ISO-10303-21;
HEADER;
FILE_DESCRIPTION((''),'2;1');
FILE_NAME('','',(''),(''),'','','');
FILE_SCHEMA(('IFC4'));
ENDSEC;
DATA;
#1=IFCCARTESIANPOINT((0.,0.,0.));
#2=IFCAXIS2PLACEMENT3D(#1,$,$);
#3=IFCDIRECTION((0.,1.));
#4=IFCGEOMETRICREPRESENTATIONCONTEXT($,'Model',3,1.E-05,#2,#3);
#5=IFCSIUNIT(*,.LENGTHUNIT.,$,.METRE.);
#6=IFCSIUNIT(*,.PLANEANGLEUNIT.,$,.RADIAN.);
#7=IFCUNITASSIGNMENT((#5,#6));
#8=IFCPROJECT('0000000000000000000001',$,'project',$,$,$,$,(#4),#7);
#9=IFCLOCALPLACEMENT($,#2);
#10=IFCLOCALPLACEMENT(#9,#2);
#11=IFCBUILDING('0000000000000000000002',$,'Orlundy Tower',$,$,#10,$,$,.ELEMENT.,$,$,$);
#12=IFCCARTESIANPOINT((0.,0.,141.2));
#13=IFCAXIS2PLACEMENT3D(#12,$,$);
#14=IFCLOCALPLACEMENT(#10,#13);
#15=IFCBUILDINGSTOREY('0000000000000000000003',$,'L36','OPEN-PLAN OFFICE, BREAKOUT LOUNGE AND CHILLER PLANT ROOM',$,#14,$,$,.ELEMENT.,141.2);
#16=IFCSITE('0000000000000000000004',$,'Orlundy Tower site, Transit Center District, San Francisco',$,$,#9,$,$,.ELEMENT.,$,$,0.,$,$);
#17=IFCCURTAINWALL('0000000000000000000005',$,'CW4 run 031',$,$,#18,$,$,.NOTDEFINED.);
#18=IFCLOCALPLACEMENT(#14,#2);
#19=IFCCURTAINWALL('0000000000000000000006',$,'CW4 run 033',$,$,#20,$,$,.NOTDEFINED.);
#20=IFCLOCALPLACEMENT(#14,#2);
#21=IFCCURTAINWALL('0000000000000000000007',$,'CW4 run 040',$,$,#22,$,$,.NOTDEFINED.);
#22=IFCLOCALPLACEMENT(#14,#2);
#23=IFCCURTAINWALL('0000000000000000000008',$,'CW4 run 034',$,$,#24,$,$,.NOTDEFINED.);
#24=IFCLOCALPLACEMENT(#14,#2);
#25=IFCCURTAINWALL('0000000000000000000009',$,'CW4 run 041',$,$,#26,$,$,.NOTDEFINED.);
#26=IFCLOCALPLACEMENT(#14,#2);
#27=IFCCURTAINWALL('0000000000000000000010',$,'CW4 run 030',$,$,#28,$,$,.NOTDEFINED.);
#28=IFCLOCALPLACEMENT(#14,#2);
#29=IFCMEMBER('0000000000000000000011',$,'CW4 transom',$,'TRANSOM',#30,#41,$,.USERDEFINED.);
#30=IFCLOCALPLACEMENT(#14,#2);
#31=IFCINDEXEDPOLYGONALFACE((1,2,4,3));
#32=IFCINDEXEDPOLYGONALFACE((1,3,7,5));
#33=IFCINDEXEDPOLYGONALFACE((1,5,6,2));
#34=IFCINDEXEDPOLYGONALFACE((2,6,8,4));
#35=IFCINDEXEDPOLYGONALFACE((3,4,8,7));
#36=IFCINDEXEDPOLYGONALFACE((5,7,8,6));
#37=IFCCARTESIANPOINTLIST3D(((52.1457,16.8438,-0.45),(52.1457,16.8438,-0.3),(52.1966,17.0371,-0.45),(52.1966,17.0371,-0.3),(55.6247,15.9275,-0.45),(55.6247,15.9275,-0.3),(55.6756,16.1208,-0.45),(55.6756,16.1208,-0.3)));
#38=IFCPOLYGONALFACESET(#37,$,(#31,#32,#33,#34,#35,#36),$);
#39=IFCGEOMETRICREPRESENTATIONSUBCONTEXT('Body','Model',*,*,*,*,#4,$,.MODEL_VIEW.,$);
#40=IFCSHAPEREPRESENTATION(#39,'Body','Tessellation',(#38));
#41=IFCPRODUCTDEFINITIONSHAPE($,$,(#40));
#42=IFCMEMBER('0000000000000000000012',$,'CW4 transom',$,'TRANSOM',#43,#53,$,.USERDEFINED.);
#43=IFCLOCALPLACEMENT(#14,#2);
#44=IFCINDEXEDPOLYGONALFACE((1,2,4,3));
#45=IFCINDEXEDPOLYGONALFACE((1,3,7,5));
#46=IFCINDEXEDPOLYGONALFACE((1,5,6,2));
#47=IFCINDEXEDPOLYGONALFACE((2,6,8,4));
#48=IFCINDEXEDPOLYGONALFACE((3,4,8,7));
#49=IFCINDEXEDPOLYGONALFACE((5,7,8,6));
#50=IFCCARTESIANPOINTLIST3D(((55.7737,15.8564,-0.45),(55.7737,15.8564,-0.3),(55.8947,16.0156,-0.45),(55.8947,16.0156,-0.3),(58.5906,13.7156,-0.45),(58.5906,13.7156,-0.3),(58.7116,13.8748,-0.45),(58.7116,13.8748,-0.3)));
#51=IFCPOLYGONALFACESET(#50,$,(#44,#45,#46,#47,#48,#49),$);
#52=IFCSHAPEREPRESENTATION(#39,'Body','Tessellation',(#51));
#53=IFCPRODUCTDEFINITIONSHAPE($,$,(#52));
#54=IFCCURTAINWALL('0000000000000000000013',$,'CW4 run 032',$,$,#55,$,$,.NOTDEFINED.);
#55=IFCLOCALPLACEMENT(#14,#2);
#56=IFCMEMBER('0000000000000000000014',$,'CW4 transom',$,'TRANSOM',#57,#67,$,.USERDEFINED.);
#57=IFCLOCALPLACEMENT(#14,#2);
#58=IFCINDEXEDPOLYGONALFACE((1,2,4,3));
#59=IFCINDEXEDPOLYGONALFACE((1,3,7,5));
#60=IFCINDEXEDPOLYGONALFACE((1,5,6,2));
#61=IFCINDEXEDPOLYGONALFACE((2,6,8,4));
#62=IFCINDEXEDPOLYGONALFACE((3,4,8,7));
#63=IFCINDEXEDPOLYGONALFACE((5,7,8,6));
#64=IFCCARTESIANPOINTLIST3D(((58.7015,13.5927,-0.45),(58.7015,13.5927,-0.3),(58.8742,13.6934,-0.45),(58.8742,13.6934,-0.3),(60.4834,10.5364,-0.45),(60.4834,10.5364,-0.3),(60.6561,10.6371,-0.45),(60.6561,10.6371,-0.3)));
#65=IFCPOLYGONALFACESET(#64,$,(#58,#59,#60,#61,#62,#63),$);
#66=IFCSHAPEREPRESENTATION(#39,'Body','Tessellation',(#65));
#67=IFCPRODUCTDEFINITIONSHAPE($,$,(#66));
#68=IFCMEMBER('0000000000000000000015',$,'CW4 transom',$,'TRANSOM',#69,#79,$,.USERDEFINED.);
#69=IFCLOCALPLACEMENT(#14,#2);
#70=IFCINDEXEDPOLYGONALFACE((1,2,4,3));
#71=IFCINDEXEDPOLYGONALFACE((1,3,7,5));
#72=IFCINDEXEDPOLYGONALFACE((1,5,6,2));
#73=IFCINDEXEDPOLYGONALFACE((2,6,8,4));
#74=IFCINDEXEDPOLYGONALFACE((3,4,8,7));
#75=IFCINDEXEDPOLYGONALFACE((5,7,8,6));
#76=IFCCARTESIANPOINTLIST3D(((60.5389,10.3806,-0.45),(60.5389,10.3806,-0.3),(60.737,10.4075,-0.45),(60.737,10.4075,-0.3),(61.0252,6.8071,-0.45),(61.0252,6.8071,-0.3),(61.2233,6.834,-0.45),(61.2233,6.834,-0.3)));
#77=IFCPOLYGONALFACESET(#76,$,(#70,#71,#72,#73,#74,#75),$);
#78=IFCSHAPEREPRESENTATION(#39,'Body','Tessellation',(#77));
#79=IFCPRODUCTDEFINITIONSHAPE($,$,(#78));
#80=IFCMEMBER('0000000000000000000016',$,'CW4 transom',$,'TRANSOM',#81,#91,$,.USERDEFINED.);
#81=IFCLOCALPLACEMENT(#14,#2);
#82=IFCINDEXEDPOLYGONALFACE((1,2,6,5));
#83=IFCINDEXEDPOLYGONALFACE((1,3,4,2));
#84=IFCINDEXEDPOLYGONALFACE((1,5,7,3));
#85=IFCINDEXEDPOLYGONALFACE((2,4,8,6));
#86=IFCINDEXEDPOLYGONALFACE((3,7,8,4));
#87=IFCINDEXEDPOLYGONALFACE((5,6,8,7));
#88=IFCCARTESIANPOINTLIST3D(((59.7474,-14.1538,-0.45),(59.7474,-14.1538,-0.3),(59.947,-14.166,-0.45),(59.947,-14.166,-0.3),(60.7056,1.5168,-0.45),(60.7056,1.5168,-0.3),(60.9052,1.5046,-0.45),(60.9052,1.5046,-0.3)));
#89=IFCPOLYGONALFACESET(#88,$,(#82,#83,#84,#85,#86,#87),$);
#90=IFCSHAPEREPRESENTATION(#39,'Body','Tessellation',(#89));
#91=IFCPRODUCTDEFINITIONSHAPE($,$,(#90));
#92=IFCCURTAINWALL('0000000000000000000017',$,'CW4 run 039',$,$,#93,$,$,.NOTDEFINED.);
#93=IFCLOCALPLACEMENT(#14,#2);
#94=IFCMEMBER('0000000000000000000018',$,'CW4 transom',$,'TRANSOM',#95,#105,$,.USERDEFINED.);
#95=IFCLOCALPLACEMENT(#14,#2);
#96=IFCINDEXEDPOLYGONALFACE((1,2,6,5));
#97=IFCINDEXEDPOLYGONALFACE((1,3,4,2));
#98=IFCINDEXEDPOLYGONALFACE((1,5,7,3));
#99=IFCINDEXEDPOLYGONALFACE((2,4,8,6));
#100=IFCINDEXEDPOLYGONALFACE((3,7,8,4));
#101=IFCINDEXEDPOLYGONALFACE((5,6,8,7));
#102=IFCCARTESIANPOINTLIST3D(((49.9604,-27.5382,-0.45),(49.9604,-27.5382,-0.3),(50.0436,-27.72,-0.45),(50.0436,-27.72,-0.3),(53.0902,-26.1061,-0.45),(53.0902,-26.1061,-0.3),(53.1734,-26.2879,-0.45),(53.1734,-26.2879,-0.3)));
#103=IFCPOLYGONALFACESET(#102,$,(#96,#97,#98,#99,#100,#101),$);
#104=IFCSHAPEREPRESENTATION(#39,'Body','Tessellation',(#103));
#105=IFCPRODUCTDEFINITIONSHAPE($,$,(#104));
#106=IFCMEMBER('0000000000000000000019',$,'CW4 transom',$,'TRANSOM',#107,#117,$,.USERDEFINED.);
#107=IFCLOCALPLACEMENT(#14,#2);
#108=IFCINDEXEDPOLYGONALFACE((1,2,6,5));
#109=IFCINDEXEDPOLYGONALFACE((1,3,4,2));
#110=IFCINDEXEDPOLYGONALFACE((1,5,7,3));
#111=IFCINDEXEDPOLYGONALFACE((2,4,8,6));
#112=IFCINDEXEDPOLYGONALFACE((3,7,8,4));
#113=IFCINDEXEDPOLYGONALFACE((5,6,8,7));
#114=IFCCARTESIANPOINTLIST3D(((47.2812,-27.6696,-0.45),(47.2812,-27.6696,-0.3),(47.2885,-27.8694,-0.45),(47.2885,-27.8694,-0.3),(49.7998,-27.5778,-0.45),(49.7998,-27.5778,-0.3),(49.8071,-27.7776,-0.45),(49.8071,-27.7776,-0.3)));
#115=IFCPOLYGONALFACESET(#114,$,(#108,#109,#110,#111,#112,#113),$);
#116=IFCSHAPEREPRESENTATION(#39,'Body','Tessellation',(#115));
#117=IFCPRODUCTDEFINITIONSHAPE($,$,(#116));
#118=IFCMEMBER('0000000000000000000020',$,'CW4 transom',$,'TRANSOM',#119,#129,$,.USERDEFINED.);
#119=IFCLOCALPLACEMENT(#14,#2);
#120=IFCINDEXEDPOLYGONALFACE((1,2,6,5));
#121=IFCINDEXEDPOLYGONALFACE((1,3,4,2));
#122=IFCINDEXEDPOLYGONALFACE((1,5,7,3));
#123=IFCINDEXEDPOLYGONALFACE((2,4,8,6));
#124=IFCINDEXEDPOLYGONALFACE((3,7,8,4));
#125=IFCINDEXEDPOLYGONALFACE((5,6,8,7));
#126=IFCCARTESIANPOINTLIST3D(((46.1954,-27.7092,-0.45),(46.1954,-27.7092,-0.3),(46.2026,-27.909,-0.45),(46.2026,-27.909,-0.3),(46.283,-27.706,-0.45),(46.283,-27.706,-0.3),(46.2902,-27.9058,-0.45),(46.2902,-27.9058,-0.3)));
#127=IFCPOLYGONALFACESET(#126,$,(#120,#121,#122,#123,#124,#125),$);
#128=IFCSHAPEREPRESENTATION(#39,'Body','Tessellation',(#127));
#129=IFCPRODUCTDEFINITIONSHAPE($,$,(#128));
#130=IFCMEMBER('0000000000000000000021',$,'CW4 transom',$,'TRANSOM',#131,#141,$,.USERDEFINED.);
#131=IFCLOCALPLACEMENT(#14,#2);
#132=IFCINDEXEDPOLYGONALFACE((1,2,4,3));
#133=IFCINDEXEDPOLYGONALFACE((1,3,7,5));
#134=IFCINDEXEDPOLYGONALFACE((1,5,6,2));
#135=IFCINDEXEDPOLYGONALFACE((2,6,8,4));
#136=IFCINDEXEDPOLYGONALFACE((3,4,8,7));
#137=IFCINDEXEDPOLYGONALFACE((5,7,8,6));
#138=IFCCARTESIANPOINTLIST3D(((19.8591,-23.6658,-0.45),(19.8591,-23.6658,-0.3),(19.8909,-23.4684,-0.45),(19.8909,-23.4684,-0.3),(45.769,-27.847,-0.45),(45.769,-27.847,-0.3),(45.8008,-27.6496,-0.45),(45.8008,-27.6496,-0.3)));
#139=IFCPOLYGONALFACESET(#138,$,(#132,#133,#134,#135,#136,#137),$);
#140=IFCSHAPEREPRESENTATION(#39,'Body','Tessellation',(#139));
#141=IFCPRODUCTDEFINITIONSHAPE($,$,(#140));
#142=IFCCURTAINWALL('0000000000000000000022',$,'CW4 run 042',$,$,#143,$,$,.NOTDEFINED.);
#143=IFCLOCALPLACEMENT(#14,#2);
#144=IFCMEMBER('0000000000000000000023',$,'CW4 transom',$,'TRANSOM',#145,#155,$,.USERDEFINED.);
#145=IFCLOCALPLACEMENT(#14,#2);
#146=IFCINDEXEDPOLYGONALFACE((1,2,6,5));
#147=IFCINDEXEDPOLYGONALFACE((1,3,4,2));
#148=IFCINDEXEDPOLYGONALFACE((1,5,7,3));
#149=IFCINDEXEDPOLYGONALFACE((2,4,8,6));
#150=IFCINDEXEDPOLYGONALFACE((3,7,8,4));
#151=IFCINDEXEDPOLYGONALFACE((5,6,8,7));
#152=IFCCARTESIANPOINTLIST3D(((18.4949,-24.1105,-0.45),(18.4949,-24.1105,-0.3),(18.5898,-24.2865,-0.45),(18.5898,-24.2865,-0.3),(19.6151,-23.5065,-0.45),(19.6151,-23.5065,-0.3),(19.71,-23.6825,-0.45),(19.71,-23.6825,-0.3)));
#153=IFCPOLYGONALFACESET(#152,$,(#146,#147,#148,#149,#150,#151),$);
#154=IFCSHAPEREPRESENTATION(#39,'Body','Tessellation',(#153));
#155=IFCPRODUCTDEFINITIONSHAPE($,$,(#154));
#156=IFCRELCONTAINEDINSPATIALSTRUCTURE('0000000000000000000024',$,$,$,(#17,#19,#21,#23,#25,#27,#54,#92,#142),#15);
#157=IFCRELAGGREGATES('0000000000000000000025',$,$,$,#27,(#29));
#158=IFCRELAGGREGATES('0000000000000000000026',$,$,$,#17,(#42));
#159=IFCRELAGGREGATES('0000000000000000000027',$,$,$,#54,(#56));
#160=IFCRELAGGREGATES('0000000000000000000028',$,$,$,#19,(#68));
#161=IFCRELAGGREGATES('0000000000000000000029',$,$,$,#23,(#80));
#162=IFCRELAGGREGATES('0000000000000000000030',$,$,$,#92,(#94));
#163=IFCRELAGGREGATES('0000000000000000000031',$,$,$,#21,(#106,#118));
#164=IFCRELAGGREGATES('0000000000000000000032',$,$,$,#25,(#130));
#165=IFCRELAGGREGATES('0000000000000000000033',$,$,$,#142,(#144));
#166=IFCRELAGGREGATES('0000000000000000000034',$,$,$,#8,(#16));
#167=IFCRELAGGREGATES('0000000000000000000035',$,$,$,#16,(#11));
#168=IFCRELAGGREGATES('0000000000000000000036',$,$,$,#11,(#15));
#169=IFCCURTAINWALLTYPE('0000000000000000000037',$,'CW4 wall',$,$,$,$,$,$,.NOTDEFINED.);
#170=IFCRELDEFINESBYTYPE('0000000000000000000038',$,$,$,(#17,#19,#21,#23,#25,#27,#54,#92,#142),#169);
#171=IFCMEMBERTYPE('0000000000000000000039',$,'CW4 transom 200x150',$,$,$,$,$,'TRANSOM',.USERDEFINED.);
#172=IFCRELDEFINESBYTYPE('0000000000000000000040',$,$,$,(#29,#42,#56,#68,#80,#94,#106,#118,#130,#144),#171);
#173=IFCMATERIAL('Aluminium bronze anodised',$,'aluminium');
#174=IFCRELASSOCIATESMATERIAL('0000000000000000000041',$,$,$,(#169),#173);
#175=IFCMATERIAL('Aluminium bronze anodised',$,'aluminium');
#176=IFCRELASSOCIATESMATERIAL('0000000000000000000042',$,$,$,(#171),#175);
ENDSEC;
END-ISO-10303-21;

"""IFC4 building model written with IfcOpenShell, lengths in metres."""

from ifc_helpers import new_model, si_unit, direction, frame, origin, origin_2d, place, context, subcontext, project, spatial, rectangle, extrude, material, material_profile, profile_set, type_object, element, aggregate, save


model = new_model("IFC4")

# Units and contexts
model_context = context("Model", 3, precision=1e-05, world=origin(), true_north=direction((0.0, 1.0)))
body_context = subcontext(model_context, "Body", "Model", "MODEL_VIEW")
ifc_project = project(units=[si_unit("LENGTHUNIT", "METRE"), si_unit("PLANEANGLEUNIT", "RADIAN")], contexts=[model_context])

# Site, building, storey
site_placement = place(None, origin())
site = spatial("IfcSite", under=ifc_project, at=site_placement, Name="Orlundy Tower site, Transit Center District, San Francisco", CompositionType="ELEMENT", RefElevation=0.0)
building_placement = place(site_placement, origin())
building = spatial("IfcBuilding", under=site, at=building_placement, Name="Orlundy Tower", CompositionType="ELEMENT")
storey_placement = place(building_placement, frame((0.0, 0.0, 141.2)))
storey = spatial("IfcBuildingStorey", under=building, at=storey_placement, Name="L36", Description="OPEN-PLAN OFFICE, BREAKOUT LOUNGE AND CHILLER PLANT ROOM", CompositionType="ELEMENT", Elevation=141.2)

# Curtain walls
ifc_material_1 = material(Name="Aluminium bronze anodised", Category="aluminium")
curtain_wall_type = type_object("IfcCurtainWallType", Name="CW4 wall", PredefinedType="NOTDEFINED", material=ifc_material_1)
curtain_wall_1_placement = place(storey_placement, origin())
curtain_wall_1 = element("IfcCurtainWall", 1, at=curtain_wall_1_placement, inside=storey, type_object=curtain_wall_type, Name="CW4 run 031", PredefinedType="NOTDEFINED")
curtain_wall_2_placement = place(storey_placement, origin())
curtain_wall_2 = element("IfcCurtainWall", 2, at=curtain_wall_2_placement, inside=storey, type_object=curtain_wall_type, Name="CW4 run 033", PredefinedType="NOTDEFINED")
curtain_wall_3_placement = place(storey_placement, origin())
curtain_wall_3 = element("IfcCurtainWall", 3, at=curtain_wall_3_placement, inside=storey, type_object=curtain_wall_type, Name="CW4 run 040", PredefinedType="NOTDEFINED")

# Curtain wall
curtain_wall_4_placement = place(storey_placement, origin())
curtain_wall_4 = element("IfcCurtainWall", 4, at=curtain_wall_4_placement, inside=storey, type_object=curtain_wall_type, Name="CW4 run 034", PredefinedType="NOTDEFINED")

# Curtain wall
curtain_wall_5_placement = place(storey_placement, origin())
curtain_wall_5 = element("IfcCurtainWall", 5, at=curtain_wall_5_placement, inside=storey, type_object=curtain_wall_type, Name="CW4 run 041", PredefinedType="NOTDEFINED")

# Shared definitions
ifc_material_2 = material(Name="Aluminium bronze anodised", Category="aluminium")
ifc_material_profile_1 = material_profile(ifc_material_2, rectangle(XDim=0.2, YDim=0.1499, at=origin_2d()), Name="CW4 transom 200x150")
ifc_profile_set_1 = profile_set([ifc_material_profile_1], Name="Aluminium bronze anodised")
member_type_1 = type_object("IfcMemberType", Name="CW4 transom 200x150", ElementType="TRANSOM", PredefinedType="USERDEFINED", material=ifc_profile_set_1)

# Curtain wall, member
curtain_wall_6_placement = place(storey_placement, origin())
curtain_wall_6 = element("IfcCurtainWall", 6, at=curtain_wall_6_placement, inside=storey, type_object=curtain_wall_type, Name="CW4 run 030", PredefinedType="NOTDEFINED")
member_1_placement = place(storey_placement, frame((52.1711, 16.9404, -0.375), z_axis=(0.967024, -0.254684, 0.0), x_axis=(0.254684, 0.967024, 0.0)))
member_1 = element("IfcMember", 7, at=member_1_placement, type_object=member_type_1, Name="CW4 transom", ObjectType="TRANSOM", PredefinedType="USERDEFINED", context=body_context, shape_type="SweptSolid", body=[
    extrude(rectangle(XDim=0.2, YDim=0.1499, at=origin_2d()), origin(), (0.0, 0.0, 1.0), 3.5977),
])
aggregate(curtain_wall_6, [member_1])

# Member
member_2_placement = place(storey_placement, frame((55.8342, 15.936, -0.375), z_axis=(0.796158, -0.605089, 0.0), x_axis=(0.605089, 0.796158, 0.0)))
member_2 = element("IfcMember", 8, at=member_2_placement, type_object=member_type_1, Name="CW4 transom", ObjectType="TRANSOM", PredefinedType="USERDEFINED", context=body_context, shape_type="SweptSolid", body=[
    extrude(rectangle(XDim=0.2, YDim=0.1499, at=origin_2d()), origin(), (0.0, 0.0, 1.0), 3.5381),
])
aggregate(curtain_wall_1, [member_2])

# Curtain wall, member
curtain_wall_7_placement = place(storey_placement, origin())
curtain_wall_7 = element("IfcCurtainWall", 9, at=curtain_wall_7_placement, inside=storey, type_object=curtain_wall_type, Name="CW4 run 032", PredefinedType="NOTDEFINED")
member_3_placement = place(storey_placement, frame((58.7878, 13.6431, -0.375), z_axis=(0.503678, -0.863892, 0.0), x_axis=(0.863892, 0.503678, 0.0)))
member_3 = element("IfcMember", 10, at=member_3_placement, type_object=member_type_1, Name="CW4 transom", ObjectType="TRANSOM", PredefinedType="USERDEFINED", context=body_context, shape_type="SweptSolid", body=[
    extrude(rectangle(XDim=0.2, YDim=0.1499, at=origin_2d()), origin(), (0.0, 0.0, 1.0), 3.5378),
])
aggregate(curtain_wall_7, [member_3])

# Members
member_4_placement = place(storey_placement, frame((60.6379, 10.394, -0.375), z_axis=(0.13485, -0.990866, 0.0), x_axis=(0.990866, 0.13485, 0.0)))
member_4 = element("IfcMember", 11, at=member_4_placement, type_object=member_type_1, Name="CW4 transom", ObjectType="TRANSOM", PredefinedType="USERDEFINED", context=body_context, shape_type="SweptSolid", body=[
    extrude(rectangle(XDim=0.2, YDim=0.1499, at=origin_2d()), origin(), (0.0, 0.0, 1.0), 3.6064),
])
aggregate(curtain_wall_2, [member_4])
member_5_placement = place(storey_placement, frame((60.8054, 1.5107, -0.375), z_axis=(-0.061035, -0.998136, 0.0), x_axis=(0.998136, -0.061035, 0.0)))
member_5 = element("IfcMember", 12, at=member_5_placement, type_object=member_type_1, Name="CW4 transom", ObjectType="TRANSOM", PredefinedType="USERDEFINED", context=body_context, shape_type="SweptSolid", body=[
    extrude(rectangle(XDim=0.2, YDim=0.1499, at=origin_2d()), origin(), (0.0, 0.0, 1.0), 15.7),
])
aggregate(curtain_wall_4, [member_5])

# Curtain wall, member
curtain_wall_8_placement = place(storey_placement, origin())
curtain_wall_8 = element("IfcCurtainWall", 13, at=curtain_wall_8_placement, inside=storey, type_object=curtain_wall_type, Name="CW4 run 039", PredefinedType="NOTDEFINED")
member_6_placement = place(storey_placement, frame((53.1318, -26.197, -0.375), z_axis=(-0.909329, -0.416078, 0.0), x_axis=(0.416078, -0.909329, 0.0)))
member_6 = element("IfcMember", 14, at=member_6_placement, type_object=member_type_1, Name="CW4 transom", ObjectType="TRANSOM", PredefinedType="USERDEFINED", context=body_context, shape_type="SweptSolid", body=[
    extrude(rectangle(XDim=0.2, YDim=0.1499, at=origin_2d()), origin(), (0.0, 0.0, 1.0), 3.4419),
])
aggregate(curtain_wall_8, [member_6])

# Members
member_7_placement = place(storey_placement, frame((49.8035, -27.6777, -0.375), z_axis=(-0.999336, -0.036424, 0.0), x_axis=(0.036424, -0.999336, 0.0)))
member_7 = element("IfcMember", 15, at=member_7_placement, type_object=member_type_1, Name="CW4 transom", ObjectType="TRANSOM", PredefinedType="USERDEFINED", context=body_context, shape_type="SweptSolid", body=[
    extrude(rectangle(XDim=0.2, YDim=0.1499, at=origin_2d()), origin(), (0.0, 0.0, 1.0), 2.5203),
])
member_8_placement = place(storey_placement, frame((46.2866, -27.8059, -0.375), z_axis=(-0.999345, -0.036188, 0.0), x_axis=(0.036188, -0.999345, 0.0)))
member_8 = element("IfcMember", 16, at=member_8_placement, type_object=member_type_1, Name="CW4 transom", ObjectType="TRANSOM", PredefinedType="USERDEFINED", context=body_context, shape_type="SweptSolid", body=[
    extrude(rectangle(XDim=0.2, YDim=0.1499, at=origin_2d()), origin(), (0.0, 0.0, 1.0), 0.0876),
])
aggregate(curtain_wall_3, [member_7, member_8])
member_9_placement = place(storey_placement, frame((45.7849, -27.7483, -0.375), z_axis=(-0.987228, 0.159312, 0.0), x_axis=(-0.159312, -0.987228, 0.0)))
member_9 = element("IfcMember", 17, at=member_9_placement, type_object=member_type_1, Name="CW4 transom", ObjectType="TRANSOM", PredefinedType="USERDEFINED", context=body_context, shape_type="SweptSolid", body=[
    extrude(rectangle(XDim=0.2, YDim=0.1499, at=origin_2d()), origin(), (0.0, 0.0, 1.0), 26.2451),
])
aggregate(curtain_wall_5, [member_9])

# Curtain wall, member
curtain_wall_9_placement = place(storey_placement, origin())
curtain_wall_9 = element("IfcCurtainWall", 18, at=curtain_wall_9_placement, inside=storey, type_object=curtain_wall_type, Name="CW4 run 042", PredefinedType="NOTDEFINED")
member_10_placement = place(storey_placement, frame((19.6626, -23.5945, -0.375), z_axis=(-0.880188, -0.474626, 0.0), x_axis=(0.474626, -0.880188, 0.0)))
member_10 = element("IfcMember", 19, at=member_10_placement, type_object=member_type_1, Name="CW4 transom", ObjectType="TRANSOM", PredefinedType="USERDEFINED", context=body_context, shape_type="SweptSolid", body=[
    extrude(rectangle(XDim=0.2, YDim=0.1499, at=origin_2d()), origin(), (0.0, 0.0, 1.0), 1.2727),
])
aggregate(curtain_wall_9, [member_10])

save(model, "model.ifc")
